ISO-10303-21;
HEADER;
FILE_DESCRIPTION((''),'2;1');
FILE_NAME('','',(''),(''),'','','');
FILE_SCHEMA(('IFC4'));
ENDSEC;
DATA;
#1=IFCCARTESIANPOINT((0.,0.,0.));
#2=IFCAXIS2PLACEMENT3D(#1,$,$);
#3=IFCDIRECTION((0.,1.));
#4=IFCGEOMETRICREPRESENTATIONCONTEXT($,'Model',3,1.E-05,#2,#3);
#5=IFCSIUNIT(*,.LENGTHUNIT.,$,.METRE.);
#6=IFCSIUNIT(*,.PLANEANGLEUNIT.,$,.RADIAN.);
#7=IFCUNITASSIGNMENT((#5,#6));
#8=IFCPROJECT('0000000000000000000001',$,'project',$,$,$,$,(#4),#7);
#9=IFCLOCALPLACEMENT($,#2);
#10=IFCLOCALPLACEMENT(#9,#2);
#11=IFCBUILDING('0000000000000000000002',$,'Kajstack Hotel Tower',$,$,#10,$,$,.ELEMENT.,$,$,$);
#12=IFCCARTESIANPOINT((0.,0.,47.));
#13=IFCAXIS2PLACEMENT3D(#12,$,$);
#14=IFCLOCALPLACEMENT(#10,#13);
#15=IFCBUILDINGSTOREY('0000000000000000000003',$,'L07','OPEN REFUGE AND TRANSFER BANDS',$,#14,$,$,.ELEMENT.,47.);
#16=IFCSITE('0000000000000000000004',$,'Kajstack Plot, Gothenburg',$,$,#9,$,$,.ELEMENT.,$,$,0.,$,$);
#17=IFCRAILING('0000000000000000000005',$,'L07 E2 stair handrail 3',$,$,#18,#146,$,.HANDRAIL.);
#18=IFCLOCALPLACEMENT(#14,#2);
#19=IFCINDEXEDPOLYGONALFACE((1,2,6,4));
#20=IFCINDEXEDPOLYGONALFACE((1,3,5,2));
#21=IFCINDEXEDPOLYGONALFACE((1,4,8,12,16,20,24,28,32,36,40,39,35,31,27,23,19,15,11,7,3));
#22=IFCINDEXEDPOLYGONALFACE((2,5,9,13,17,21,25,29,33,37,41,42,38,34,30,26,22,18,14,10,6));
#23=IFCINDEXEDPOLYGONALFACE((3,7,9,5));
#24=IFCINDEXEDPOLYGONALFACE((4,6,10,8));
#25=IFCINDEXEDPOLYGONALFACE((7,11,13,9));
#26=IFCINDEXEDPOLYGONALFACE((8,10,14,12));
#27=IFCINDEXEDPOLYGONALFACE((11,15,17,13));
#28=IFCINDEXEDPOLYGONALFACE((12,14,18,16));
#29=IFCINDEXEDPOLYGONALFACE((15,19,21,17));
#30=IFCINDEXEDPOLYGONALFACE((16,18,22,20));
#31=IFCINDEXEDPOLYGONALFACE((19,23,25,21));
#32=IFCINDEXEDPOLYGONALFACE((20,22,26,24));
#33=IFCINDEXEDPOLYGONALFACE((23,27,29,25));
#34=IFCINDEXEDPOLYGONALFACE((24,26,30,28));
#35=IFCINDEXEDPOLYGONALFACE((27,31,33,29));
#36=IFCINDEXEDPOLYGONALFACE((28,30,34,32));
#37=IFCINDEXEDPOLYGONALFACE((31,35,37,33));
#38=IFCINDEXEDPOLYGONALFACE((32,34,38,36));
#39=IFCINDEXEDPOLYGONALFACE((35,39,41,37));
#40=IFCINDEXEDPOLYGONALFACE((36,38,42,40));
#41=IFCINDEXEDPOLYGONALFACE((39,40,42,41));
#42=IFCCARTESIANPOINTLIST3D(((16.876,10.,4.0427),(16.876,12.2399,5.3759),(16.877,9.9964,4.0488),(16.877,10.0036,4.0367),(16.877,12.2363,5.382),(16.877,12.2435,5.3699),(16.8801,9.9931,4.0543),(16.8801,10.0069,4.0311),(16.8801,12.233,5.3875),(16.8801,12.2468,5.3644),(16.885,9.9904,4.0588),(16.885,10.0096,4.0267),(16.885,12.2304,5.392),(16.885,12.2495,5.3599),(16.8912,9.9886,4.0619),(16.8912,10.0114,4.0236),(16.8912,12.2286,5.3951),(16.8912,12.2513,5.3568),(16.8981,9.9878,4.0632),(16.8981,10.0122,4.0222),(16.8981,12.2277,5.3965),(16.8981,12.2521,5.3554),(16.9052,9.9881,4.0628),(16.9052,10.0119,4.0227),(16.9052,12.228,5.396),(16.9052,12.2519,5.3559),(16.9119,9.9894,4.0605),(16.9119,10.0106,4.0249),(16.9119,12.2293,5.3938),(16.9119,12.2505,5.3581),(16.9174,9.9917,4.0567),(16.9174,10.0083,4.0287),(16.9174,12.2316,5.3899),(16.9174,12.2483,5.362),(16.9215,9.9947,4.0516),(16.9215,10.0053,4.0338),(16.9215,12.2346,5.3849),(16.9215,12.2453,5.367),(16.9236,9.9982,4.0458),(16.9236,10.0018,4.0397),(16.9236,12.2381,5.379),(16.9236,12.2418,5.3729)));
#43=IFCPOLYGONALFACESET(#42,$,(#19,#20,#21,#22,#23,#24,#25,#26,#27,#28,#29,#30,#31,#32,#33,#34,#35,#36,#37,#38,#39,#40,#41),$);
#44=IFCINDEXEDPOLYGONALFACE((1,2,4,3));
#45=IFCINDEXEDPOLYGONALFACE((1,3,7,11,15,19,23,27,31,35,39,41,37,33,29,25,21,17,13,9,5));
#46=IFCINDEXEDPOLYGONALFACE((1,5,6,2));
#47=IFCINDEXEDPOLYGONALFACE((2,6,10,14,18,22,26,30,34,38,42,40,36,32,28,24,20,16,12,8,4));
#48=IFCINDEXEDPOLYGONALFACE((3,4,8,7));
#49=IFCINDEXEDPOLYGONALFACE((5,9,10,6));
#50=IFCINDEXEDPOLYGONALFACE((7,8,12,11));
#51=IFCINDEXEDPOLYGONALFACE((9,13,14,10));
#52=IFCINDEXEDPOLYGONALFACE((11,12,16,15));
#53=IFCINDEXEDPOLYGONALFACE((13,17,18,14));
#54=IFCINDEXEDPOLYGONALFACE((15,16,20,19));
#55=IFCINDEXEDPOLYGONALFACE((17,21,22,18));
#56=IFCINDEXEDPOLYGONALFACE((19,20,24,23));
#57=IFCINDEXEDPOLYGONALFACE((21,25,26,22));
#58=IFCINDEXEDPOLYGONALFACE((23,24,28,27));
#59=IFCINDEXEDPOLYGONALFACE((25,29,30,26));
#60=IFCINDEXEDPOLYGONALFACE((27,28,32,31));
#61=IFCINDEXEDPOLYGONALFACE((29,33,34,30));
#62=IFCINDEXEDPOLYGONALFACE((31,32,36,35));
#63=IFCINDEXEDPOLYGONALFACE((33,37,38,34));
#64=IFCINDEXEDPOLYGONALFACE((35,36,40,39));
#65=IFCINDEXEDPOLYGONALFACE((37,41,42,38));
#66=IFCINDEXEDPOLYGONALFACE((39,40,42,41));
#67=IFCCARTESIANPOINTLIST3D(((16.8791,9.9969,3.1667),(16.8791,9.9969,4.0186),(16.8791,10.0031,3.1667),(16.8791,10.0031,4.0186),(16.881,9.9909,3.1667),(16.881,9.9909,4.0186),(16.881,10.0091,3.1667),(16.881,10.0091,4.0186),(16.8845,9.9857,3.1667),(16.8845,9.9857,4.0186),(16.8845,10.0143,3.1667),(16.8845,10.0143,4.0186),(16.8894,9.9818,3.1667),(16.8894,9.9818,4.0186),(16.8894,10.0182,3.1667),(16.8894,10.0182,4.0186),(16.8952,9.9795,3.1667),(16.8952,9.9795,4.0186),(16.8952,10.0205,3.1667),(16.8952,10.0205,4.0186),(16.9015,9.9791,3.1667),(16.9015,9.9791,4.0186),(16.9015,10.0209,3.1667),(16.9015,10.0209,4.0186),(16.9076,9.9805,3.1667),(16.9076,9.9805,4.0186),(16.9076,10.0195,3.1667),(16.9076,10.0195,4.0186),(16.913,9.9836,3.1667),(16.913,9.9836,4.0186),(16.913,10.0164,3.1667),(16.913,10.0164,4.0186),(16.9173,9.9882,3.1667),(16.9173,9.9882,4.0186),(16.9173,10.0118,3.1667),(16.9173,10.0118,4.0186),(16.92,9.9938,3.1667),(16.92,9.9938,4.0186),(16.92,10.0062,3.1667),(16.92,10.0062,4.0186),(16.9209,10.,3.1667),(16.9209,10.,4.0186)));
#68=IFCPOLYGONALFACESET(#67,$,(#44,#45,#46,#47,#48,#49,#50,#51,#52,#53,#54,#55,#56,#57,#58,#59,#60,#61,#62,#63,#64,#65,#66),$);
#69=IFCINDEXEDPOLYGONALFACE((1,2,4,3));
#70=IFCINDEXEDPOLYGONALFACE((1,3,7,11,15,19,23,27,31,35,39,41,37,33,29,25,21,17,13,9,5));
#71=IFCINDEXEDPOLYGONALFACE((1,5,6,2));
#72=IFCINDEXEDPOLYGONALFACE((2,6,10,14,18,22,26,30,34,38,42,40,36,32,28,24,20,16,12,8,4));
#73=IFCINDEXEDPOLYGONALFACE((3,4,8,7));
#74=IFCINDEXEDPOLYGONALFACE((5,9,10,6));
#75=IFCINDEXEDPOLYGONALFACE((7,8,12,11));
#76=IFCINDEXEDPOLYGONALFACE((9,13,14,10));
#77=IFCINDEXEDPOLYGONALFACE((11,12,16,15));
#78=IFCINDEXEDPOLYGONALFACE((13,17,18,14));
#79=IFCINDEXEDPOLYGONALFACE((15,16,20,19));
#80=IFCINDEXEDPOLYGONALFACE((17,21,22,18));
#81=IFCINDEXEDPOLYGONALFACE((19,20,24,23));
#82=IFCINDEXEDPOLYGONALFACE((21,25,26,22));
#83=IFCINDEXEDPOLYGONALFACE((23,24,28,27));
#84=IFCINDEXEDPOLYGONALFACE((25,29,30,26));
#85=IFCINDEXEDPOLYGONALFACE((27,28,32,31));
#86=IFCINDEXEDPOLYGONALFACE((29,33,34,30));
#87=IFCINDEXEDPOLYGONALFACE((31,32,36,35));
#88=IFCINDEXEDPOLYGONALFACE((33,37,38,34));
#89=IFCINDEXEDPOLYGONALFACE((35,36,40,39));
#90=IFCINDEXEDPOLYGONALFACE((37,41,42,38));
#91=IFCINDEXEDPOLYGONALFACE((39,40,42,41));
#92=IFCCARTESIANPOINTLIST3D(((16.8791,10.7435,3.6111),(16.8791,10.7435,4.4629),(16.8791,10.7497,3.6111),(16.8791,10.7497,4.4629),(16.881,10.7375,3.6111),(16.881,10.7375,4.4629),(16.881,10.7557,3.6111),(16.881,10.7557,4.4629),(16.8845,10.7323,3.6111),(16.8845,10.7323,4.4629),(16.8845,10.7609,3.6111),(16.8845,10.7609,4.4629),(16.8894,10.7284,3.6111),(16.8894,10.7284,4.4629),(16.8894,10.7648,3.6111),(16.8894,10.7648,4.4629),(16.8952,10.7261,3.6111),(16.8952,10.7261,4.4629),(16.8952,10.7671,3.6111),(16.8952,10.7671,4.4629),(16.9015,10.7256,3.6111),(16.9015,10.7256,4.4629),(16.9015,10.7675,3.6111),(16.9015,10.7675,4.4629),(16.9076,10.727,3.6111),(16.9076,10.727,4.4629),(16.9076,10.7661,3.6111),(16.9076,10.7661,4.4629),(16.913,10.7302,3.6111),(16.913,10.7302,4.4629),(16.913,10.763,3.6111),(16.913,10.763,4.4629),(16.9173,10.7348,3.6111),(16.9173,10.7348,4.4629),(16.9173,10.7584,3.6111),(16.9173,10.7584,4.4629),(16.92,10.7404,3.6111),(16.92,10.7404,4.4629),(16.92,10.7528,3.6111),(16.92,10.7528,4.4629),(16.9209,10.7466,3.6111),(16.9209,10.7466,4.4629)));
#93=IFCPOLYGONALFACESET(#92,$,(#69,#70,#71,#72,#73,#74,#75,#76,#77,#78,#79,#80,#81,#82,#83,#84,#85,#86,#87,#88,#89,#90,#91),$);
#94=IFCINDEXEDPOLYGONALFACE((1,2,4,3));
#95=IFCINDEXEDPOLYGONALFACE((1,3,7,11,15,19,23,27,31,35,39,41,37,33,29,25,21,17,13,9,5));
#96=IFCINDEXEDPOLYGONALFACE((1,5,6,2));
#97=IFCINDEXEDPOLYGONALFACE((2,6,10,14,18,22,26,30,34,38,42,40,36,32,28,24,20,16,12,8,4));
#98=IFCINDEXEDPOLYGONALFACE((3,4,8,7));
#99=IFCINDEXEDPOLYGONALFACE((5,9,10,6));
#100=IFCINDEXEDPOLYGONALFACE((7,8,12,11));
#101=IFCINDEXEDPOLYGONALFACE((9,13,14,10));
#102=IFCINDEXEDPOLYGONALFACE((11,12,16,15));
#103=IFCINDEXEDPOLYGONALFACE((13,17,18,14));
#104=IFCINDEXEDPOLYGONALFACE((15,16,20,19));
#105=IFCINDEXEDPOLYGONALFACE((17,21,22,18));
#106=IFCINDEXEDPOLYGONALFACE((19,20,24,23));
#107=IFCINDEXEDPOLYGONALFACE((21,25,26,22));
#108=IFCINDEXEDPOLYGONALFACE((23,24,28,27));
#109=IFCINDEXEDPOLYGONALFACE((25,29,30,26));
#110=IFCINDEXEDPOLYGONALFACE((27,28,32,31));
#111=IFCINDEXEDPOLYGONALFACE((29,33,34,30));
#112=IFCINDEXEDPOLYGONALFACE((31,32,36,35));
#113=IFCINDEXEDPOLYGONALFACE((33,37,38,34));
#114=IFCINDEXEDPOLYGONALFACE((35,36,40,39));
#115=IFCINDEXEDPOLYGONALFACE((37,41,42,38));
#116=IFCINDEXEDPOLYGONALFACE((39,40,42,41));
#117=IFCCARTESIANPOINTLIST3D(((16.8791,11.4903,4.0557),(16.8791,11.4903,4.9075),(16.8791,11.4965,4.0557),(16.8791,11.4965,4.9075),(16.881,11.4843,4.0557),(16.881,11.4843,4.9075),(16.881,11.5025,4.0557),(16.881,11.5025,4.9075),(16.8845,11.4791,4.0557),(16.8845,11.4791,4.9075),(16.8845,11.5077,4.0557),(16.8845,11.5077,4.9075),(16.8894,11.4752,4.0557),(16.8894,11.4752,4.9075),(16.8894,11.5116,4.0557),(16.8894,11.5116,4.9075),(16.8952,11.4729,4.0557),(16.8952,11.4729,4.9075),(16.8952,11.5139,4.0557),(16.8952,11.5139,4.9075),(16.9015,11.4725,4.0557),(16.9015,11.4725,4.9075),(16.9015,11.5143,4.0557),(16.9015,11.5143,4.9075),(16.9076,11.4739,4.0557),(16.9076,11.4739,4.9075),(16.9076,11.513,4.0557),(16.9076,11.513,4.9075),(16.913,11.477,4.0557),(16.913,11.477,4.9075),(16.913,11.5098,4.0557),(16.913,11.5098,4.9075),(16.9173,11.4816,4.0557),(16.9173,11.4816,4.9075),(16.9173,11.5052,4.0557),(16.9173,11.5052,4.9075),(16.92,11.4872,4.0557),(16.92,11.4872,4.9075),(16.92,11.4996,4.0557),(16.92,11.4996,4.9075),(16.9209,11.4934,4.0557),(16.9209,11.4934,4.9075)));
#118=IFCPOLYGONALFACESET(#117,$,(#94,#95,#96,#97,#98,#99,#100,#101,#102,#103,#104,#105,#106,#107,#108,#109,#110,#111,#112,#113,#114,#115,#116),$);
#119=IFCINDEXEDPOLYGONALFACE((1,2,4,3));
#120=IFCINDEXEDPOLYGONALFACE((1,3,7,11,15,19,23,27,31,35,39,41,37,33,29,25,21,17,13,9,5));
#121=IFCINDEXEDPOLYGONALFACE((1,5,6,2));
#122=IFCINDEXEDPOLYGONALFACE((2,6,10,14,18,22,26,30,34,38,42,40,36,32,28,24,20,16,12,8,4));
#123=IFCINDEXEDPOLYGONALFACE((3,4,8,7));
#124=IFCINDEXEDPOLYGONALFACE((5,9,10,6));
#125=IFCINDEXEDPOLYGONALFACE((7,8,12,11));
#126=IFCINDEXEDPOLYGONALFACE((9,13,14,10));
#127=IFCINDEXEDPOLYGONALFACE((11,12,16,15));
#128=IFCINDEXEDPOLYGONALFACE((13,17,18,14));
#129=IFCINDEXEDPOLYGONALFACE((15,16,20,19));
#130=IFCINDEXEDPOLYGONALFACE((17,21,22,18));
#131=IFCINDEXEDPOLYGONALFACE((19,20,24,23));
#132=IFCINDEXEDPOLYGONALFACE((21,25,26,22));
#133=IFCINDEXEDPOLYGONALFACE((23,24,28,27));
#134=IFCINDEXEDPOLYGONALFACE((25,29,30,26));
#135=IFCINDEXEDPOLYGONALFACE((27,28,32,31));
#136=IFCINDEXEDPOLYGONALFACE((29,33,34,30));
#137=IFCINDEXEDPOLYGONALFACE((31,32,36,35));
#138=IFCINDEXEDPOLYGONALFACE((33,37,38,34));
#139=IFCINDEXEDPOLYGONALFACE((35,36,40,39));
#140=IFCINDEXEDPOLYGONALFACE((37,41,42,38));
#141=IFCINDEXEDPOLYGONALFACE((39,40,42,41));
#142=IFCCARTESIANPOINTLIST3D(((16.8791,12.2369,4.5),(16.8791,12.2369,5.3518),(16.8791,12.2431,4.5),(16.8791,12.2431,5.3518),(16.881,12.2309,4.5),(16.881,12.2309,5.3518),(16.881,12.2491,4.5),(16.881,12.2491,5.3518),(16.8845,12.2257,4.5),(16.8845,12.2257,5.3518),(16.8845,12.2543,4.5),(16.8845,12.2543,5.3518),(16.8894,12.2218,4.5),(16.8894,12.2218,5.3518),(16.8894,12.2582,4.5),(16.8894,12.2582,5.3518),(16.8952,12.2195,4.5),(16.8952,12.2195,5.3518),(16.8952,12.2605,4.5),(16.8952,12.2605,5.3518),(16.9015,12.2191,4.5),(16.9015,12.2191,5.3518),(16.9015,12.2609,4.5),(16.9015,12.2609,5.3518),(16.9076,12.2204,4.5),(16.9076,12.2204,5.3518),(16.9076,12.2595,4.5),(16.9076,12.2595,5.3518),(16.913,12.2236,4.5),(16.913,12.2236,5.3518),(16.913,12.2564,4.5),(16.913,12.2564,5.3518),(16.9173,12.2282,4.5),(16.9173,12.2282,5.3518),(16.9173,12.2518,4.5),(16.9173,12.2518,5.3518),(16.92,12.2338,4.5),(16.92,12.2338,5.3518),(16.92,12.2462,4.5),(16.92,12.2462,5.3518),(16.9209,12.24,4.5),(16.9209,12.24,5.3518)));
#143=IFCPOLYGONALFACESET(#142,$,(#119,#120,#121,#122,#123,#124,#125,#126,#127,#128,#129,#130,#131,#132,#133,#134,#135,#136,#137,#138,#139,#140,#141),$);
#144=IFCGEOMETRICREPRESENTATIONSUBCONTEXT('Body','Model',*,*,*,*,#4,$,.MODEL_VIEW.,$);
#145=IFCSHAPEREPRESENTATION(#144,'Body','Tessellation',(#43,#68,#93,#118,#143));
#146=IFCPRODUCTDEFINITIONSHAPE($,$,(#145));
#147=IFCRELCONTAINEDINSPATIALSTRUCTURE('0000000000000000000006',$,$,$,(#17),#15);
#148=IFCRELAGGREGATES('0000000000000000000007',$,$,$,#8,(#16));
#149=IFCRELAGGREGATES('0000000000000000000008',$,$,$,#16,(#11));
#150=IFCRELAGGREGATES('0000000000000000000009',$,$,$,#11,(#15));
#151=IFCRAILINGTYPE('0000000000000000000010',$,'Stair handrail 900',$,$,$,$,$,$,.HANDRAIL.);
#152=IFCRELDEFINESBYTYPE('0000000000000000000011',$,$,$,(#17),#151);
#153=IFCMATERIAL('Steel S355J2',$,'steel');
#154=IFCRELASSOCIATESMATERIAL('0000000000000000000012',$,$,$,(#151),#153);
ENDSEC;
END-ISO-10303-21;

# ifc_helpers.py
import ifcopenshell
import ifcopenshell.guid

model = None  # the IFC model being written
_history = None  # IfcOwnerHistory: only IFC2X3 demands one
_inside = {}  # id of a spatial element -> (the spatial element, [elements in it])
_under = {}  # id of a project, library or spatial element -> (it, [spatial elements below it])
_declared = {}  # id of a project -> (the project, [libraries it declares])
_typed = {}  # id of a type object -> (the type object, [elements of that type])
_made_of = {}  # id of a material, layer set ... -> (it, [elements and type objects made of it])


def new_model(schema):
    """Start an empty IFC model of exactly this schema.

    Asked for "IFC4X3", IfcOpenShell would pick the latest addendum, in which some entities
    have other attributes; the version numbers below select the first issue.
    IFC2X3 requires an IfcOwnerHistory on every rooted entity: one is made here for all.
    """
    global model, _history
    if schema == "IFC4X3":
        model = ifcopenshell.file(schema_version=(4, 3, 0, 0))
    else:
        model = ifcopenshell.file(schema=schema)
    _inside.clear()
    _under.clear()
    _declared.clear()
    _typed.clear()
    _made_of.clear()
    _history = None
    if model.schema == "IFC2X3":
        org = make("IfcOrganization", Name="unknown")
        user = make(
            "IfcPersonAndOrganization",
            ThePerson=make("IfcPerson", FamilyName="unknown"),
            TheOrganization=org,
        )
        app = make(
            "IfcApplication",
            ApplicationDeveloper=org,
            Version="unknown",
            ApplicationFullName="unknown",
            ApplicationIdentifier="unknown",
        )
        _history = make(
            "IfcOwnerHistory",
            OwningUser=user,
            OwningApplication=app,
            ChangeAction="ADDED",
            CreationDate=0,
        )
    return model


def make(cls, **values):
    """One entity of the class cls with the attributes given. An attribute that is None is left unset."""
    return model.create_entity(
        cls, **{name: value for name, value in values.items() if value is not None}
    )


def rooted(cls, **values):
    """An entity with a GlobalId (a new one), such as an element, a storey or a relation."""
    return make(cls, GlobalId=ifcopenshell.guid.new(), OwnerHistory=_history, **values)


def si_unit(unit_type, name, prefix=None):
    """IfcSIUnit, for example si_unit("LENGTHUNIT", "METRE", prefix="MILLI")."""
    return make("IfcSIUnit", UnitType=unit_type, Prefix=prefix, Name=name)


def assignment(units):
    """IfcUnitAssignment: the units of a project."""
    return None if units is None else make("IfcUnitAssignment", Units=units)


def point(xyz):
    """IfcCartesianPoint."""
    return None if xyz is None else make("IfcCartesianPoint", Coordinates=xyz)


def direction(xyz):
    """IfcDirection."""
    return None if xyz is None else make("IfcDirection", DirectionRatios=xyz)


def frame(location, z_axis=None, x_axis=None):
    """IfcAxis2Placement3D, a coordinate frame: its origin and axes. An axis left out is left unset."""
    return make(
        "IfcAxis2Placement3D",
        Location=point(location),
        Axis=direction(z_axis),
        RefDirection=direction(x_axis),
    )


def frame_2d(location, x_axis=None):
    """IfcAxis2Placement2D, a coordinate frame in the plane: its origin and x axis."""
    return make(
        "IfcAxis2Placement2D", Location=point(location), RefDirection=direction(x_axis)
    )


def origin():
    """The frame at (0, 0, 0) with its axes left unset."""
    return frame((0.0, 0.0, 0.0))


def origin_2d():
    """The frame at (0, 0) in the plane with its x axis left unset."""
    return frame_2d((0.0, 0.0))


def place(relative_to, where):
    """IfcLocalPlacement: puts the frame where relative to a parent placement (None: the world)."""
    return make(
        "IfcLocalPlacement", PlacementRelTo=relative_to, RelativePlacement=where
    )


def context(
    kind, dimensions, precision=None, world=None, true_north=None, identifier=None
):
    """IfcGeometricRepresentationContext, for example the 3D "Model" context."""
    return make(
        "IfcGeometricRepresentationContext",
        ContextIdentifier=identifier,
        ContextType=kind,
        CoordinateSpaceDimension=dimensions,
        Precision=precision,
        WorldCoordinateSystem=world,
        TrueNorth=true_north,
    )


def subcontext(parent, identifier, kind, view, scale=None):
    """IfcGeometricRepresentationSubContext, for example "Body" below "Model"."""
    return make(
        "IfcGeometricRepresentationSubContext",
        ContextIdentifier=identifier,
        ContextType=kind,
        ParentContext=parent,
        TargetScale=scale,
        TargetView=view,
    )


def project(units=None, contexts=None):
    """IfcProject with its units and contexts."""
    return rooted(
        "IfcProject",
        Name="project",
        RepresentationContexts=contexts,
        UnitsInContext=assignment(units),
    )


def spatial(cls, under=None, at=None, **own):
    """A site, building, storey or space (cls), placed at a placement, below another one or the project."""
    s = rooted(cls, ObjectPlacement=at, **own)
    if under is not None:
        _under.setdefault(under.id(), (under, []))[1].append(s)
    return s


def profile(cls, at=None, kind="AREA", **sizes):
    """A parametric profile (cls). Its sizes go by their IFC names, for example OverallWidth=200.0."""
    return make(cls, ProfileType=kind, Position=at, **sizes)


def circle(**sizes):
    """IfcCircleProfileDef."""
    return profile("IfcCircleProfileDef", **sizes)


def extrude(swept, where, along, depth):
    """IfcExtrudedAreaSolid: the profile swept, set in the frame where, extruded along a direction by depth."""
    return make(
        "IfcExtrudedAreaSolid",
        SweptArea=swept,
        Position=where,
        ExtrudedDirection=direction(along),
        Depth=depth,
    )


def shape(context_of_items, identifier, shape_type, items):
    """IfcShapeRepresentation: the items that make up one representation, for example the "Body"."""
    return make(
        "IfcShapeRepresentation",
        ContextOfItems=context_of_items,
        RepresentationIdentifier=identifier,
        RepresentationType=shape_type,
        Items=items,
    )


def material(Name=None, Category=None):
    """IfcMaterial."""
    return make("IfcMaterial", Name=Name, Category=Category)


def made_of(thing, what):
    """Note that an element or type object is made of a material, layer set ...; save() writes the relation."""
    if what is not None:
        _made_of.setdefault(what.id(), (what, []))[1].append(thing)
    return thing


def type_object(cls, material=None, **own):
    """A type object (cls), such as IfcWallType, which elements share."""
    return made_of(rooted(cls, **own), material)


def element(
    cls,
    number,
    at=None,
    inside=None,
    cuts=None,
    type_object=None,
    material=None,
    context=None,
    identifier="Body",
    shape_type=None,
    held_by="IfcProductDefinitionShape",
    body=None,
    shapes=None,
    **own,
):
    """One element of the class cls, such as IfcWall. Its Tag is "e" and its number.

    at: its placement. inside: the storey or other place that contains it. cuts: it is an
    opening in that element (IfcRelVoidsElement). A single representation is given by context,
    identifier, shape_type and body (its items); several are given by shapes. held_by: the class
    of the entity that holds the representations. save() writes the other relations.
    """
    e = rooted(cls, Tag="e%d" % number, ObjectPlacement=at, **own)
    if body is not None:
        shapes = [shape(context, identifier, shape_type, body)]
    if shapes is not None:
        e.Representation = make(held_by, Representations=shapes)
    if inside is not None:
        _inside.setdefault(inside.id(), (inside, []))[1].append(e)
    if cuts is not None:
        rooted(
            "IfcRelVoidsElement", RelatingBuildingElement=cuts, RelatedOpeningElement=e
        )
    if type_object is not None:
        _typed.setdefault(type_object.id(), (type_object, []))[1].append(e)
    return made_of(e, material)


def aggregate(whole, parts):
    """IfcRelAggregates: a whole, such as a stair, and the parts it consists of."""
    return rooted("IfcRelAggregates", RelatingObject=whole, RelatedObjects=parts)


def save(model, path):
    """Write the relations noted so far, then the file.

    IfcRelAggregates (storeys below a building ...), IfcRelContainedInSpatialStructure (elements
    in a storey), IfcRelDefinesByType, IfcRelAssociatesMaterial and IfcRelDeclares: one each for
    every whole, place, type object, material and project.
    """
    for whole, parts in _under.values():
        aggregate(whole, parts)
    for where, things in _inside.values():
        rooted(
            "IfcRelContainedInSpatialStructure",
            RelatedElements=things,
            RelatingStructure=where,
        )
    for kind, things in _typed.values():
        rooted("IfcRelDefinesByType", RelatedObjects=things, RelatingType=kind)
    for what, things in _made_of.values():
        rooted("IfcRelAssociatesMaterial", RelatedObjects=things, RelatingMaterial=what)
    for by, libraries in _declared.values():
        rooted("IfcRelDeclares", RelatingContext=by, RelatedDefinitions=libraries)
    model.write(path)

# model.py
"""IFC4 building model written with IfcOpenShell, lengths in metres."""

from ifc_helpers import new_model, si_unit, direction, frame, origin, origin_2d, place, context, subcontext, project, spatial, circle, extrude, material, type_object, element, save


model = new_model("IFC4")

# Units and contexts
model_context = context("Model", 3, precision=1e-05, world=origin(), true_north=direction((0.0, 1.0)))
body_context = subcontext(model_context, "Body", "Model", "MODEL_VIEW")
ifc_project = project(units=[si_unit("LENGTHUNIT", "METRE"), si_unit("PLANEANGLEUNIT", "RADIAN")], contexts=[model_context])

# Site, building, storey
site_placement = place(None, origin())
site = spatial("IfcSite", under=ifc_project, at=site_placement, Name="Kajstack Plot, Gothenburg", CompositionType="ELEMENT", RefElevation=0.0)
building_placement = place(site_placement, origin())
building = spatial("IfcBuilding", under=site, at=building_placement, Name="Kajstack Hotel Tower", CompositionType="ELEMENT")
storey_placement = place(building_placement, frame((0.0, 0.0, 47.0)))
storey = spatial("IfcBuildingStorey", under=building, at=storey_placement, Name="L07", Description="OPEN REFUGE AND TRANSFER BANDS", CompositionType="ELEMENT", Elevation=47.0)

# Shared definitions
ifc_material_1 = material(Name="Steel S355J2", Category="steel")

# Railing
railing_type_1 = type_object("IfcRailingType", Name="Stair handrail 900", PredefinedType="HANDRAIL", material=ifc_material_1)
railing_1_placement = place(storey_placement, frame((16.8999, 10.0, 3.1667)))
element("IfcRailing", 1, at=railing_1_placement, inside=storey, type_object=railing_type_1, Name="L07 E2 stair handrail 3", PredefinedType="HANDRAIL", context=body_context, shape_type="SweptSolid", body=[
    extrude(circle(Radius=0.0239, at=origin_2d()), frame((0.0, 0.0, 0.876), z_axis=(0.0, 0.859306, 0.511462), x_axis=(-1.0, 0.0, 0.0)), (0.0, 0.0, 1.0), 2.6067),
    extrude(circle(Radius=0.021, at=origin_2d()), origin(), (0.0, 0.0, 1.0), 0.8518),
    extrude(circle(Radius=0.021, at=origin_2d()), frame((0.0, 0.7466, 0.4443)), (0.0, 0.0, 1.0), 0.8518),
    extrude(circle(Radius=0.021, at=origin_2d()), frame((0.0, 1.4934, 0.8889)), (0.0, 0.0, 1.0), 0.8518),
    extrude(circle(Radius=0.021, at=origin_2d()), frame((0.0, 2.24, 1.3333)), (0.0, 0.0, 1.0), 0.8518),
])

save(model, "model.ifc")
